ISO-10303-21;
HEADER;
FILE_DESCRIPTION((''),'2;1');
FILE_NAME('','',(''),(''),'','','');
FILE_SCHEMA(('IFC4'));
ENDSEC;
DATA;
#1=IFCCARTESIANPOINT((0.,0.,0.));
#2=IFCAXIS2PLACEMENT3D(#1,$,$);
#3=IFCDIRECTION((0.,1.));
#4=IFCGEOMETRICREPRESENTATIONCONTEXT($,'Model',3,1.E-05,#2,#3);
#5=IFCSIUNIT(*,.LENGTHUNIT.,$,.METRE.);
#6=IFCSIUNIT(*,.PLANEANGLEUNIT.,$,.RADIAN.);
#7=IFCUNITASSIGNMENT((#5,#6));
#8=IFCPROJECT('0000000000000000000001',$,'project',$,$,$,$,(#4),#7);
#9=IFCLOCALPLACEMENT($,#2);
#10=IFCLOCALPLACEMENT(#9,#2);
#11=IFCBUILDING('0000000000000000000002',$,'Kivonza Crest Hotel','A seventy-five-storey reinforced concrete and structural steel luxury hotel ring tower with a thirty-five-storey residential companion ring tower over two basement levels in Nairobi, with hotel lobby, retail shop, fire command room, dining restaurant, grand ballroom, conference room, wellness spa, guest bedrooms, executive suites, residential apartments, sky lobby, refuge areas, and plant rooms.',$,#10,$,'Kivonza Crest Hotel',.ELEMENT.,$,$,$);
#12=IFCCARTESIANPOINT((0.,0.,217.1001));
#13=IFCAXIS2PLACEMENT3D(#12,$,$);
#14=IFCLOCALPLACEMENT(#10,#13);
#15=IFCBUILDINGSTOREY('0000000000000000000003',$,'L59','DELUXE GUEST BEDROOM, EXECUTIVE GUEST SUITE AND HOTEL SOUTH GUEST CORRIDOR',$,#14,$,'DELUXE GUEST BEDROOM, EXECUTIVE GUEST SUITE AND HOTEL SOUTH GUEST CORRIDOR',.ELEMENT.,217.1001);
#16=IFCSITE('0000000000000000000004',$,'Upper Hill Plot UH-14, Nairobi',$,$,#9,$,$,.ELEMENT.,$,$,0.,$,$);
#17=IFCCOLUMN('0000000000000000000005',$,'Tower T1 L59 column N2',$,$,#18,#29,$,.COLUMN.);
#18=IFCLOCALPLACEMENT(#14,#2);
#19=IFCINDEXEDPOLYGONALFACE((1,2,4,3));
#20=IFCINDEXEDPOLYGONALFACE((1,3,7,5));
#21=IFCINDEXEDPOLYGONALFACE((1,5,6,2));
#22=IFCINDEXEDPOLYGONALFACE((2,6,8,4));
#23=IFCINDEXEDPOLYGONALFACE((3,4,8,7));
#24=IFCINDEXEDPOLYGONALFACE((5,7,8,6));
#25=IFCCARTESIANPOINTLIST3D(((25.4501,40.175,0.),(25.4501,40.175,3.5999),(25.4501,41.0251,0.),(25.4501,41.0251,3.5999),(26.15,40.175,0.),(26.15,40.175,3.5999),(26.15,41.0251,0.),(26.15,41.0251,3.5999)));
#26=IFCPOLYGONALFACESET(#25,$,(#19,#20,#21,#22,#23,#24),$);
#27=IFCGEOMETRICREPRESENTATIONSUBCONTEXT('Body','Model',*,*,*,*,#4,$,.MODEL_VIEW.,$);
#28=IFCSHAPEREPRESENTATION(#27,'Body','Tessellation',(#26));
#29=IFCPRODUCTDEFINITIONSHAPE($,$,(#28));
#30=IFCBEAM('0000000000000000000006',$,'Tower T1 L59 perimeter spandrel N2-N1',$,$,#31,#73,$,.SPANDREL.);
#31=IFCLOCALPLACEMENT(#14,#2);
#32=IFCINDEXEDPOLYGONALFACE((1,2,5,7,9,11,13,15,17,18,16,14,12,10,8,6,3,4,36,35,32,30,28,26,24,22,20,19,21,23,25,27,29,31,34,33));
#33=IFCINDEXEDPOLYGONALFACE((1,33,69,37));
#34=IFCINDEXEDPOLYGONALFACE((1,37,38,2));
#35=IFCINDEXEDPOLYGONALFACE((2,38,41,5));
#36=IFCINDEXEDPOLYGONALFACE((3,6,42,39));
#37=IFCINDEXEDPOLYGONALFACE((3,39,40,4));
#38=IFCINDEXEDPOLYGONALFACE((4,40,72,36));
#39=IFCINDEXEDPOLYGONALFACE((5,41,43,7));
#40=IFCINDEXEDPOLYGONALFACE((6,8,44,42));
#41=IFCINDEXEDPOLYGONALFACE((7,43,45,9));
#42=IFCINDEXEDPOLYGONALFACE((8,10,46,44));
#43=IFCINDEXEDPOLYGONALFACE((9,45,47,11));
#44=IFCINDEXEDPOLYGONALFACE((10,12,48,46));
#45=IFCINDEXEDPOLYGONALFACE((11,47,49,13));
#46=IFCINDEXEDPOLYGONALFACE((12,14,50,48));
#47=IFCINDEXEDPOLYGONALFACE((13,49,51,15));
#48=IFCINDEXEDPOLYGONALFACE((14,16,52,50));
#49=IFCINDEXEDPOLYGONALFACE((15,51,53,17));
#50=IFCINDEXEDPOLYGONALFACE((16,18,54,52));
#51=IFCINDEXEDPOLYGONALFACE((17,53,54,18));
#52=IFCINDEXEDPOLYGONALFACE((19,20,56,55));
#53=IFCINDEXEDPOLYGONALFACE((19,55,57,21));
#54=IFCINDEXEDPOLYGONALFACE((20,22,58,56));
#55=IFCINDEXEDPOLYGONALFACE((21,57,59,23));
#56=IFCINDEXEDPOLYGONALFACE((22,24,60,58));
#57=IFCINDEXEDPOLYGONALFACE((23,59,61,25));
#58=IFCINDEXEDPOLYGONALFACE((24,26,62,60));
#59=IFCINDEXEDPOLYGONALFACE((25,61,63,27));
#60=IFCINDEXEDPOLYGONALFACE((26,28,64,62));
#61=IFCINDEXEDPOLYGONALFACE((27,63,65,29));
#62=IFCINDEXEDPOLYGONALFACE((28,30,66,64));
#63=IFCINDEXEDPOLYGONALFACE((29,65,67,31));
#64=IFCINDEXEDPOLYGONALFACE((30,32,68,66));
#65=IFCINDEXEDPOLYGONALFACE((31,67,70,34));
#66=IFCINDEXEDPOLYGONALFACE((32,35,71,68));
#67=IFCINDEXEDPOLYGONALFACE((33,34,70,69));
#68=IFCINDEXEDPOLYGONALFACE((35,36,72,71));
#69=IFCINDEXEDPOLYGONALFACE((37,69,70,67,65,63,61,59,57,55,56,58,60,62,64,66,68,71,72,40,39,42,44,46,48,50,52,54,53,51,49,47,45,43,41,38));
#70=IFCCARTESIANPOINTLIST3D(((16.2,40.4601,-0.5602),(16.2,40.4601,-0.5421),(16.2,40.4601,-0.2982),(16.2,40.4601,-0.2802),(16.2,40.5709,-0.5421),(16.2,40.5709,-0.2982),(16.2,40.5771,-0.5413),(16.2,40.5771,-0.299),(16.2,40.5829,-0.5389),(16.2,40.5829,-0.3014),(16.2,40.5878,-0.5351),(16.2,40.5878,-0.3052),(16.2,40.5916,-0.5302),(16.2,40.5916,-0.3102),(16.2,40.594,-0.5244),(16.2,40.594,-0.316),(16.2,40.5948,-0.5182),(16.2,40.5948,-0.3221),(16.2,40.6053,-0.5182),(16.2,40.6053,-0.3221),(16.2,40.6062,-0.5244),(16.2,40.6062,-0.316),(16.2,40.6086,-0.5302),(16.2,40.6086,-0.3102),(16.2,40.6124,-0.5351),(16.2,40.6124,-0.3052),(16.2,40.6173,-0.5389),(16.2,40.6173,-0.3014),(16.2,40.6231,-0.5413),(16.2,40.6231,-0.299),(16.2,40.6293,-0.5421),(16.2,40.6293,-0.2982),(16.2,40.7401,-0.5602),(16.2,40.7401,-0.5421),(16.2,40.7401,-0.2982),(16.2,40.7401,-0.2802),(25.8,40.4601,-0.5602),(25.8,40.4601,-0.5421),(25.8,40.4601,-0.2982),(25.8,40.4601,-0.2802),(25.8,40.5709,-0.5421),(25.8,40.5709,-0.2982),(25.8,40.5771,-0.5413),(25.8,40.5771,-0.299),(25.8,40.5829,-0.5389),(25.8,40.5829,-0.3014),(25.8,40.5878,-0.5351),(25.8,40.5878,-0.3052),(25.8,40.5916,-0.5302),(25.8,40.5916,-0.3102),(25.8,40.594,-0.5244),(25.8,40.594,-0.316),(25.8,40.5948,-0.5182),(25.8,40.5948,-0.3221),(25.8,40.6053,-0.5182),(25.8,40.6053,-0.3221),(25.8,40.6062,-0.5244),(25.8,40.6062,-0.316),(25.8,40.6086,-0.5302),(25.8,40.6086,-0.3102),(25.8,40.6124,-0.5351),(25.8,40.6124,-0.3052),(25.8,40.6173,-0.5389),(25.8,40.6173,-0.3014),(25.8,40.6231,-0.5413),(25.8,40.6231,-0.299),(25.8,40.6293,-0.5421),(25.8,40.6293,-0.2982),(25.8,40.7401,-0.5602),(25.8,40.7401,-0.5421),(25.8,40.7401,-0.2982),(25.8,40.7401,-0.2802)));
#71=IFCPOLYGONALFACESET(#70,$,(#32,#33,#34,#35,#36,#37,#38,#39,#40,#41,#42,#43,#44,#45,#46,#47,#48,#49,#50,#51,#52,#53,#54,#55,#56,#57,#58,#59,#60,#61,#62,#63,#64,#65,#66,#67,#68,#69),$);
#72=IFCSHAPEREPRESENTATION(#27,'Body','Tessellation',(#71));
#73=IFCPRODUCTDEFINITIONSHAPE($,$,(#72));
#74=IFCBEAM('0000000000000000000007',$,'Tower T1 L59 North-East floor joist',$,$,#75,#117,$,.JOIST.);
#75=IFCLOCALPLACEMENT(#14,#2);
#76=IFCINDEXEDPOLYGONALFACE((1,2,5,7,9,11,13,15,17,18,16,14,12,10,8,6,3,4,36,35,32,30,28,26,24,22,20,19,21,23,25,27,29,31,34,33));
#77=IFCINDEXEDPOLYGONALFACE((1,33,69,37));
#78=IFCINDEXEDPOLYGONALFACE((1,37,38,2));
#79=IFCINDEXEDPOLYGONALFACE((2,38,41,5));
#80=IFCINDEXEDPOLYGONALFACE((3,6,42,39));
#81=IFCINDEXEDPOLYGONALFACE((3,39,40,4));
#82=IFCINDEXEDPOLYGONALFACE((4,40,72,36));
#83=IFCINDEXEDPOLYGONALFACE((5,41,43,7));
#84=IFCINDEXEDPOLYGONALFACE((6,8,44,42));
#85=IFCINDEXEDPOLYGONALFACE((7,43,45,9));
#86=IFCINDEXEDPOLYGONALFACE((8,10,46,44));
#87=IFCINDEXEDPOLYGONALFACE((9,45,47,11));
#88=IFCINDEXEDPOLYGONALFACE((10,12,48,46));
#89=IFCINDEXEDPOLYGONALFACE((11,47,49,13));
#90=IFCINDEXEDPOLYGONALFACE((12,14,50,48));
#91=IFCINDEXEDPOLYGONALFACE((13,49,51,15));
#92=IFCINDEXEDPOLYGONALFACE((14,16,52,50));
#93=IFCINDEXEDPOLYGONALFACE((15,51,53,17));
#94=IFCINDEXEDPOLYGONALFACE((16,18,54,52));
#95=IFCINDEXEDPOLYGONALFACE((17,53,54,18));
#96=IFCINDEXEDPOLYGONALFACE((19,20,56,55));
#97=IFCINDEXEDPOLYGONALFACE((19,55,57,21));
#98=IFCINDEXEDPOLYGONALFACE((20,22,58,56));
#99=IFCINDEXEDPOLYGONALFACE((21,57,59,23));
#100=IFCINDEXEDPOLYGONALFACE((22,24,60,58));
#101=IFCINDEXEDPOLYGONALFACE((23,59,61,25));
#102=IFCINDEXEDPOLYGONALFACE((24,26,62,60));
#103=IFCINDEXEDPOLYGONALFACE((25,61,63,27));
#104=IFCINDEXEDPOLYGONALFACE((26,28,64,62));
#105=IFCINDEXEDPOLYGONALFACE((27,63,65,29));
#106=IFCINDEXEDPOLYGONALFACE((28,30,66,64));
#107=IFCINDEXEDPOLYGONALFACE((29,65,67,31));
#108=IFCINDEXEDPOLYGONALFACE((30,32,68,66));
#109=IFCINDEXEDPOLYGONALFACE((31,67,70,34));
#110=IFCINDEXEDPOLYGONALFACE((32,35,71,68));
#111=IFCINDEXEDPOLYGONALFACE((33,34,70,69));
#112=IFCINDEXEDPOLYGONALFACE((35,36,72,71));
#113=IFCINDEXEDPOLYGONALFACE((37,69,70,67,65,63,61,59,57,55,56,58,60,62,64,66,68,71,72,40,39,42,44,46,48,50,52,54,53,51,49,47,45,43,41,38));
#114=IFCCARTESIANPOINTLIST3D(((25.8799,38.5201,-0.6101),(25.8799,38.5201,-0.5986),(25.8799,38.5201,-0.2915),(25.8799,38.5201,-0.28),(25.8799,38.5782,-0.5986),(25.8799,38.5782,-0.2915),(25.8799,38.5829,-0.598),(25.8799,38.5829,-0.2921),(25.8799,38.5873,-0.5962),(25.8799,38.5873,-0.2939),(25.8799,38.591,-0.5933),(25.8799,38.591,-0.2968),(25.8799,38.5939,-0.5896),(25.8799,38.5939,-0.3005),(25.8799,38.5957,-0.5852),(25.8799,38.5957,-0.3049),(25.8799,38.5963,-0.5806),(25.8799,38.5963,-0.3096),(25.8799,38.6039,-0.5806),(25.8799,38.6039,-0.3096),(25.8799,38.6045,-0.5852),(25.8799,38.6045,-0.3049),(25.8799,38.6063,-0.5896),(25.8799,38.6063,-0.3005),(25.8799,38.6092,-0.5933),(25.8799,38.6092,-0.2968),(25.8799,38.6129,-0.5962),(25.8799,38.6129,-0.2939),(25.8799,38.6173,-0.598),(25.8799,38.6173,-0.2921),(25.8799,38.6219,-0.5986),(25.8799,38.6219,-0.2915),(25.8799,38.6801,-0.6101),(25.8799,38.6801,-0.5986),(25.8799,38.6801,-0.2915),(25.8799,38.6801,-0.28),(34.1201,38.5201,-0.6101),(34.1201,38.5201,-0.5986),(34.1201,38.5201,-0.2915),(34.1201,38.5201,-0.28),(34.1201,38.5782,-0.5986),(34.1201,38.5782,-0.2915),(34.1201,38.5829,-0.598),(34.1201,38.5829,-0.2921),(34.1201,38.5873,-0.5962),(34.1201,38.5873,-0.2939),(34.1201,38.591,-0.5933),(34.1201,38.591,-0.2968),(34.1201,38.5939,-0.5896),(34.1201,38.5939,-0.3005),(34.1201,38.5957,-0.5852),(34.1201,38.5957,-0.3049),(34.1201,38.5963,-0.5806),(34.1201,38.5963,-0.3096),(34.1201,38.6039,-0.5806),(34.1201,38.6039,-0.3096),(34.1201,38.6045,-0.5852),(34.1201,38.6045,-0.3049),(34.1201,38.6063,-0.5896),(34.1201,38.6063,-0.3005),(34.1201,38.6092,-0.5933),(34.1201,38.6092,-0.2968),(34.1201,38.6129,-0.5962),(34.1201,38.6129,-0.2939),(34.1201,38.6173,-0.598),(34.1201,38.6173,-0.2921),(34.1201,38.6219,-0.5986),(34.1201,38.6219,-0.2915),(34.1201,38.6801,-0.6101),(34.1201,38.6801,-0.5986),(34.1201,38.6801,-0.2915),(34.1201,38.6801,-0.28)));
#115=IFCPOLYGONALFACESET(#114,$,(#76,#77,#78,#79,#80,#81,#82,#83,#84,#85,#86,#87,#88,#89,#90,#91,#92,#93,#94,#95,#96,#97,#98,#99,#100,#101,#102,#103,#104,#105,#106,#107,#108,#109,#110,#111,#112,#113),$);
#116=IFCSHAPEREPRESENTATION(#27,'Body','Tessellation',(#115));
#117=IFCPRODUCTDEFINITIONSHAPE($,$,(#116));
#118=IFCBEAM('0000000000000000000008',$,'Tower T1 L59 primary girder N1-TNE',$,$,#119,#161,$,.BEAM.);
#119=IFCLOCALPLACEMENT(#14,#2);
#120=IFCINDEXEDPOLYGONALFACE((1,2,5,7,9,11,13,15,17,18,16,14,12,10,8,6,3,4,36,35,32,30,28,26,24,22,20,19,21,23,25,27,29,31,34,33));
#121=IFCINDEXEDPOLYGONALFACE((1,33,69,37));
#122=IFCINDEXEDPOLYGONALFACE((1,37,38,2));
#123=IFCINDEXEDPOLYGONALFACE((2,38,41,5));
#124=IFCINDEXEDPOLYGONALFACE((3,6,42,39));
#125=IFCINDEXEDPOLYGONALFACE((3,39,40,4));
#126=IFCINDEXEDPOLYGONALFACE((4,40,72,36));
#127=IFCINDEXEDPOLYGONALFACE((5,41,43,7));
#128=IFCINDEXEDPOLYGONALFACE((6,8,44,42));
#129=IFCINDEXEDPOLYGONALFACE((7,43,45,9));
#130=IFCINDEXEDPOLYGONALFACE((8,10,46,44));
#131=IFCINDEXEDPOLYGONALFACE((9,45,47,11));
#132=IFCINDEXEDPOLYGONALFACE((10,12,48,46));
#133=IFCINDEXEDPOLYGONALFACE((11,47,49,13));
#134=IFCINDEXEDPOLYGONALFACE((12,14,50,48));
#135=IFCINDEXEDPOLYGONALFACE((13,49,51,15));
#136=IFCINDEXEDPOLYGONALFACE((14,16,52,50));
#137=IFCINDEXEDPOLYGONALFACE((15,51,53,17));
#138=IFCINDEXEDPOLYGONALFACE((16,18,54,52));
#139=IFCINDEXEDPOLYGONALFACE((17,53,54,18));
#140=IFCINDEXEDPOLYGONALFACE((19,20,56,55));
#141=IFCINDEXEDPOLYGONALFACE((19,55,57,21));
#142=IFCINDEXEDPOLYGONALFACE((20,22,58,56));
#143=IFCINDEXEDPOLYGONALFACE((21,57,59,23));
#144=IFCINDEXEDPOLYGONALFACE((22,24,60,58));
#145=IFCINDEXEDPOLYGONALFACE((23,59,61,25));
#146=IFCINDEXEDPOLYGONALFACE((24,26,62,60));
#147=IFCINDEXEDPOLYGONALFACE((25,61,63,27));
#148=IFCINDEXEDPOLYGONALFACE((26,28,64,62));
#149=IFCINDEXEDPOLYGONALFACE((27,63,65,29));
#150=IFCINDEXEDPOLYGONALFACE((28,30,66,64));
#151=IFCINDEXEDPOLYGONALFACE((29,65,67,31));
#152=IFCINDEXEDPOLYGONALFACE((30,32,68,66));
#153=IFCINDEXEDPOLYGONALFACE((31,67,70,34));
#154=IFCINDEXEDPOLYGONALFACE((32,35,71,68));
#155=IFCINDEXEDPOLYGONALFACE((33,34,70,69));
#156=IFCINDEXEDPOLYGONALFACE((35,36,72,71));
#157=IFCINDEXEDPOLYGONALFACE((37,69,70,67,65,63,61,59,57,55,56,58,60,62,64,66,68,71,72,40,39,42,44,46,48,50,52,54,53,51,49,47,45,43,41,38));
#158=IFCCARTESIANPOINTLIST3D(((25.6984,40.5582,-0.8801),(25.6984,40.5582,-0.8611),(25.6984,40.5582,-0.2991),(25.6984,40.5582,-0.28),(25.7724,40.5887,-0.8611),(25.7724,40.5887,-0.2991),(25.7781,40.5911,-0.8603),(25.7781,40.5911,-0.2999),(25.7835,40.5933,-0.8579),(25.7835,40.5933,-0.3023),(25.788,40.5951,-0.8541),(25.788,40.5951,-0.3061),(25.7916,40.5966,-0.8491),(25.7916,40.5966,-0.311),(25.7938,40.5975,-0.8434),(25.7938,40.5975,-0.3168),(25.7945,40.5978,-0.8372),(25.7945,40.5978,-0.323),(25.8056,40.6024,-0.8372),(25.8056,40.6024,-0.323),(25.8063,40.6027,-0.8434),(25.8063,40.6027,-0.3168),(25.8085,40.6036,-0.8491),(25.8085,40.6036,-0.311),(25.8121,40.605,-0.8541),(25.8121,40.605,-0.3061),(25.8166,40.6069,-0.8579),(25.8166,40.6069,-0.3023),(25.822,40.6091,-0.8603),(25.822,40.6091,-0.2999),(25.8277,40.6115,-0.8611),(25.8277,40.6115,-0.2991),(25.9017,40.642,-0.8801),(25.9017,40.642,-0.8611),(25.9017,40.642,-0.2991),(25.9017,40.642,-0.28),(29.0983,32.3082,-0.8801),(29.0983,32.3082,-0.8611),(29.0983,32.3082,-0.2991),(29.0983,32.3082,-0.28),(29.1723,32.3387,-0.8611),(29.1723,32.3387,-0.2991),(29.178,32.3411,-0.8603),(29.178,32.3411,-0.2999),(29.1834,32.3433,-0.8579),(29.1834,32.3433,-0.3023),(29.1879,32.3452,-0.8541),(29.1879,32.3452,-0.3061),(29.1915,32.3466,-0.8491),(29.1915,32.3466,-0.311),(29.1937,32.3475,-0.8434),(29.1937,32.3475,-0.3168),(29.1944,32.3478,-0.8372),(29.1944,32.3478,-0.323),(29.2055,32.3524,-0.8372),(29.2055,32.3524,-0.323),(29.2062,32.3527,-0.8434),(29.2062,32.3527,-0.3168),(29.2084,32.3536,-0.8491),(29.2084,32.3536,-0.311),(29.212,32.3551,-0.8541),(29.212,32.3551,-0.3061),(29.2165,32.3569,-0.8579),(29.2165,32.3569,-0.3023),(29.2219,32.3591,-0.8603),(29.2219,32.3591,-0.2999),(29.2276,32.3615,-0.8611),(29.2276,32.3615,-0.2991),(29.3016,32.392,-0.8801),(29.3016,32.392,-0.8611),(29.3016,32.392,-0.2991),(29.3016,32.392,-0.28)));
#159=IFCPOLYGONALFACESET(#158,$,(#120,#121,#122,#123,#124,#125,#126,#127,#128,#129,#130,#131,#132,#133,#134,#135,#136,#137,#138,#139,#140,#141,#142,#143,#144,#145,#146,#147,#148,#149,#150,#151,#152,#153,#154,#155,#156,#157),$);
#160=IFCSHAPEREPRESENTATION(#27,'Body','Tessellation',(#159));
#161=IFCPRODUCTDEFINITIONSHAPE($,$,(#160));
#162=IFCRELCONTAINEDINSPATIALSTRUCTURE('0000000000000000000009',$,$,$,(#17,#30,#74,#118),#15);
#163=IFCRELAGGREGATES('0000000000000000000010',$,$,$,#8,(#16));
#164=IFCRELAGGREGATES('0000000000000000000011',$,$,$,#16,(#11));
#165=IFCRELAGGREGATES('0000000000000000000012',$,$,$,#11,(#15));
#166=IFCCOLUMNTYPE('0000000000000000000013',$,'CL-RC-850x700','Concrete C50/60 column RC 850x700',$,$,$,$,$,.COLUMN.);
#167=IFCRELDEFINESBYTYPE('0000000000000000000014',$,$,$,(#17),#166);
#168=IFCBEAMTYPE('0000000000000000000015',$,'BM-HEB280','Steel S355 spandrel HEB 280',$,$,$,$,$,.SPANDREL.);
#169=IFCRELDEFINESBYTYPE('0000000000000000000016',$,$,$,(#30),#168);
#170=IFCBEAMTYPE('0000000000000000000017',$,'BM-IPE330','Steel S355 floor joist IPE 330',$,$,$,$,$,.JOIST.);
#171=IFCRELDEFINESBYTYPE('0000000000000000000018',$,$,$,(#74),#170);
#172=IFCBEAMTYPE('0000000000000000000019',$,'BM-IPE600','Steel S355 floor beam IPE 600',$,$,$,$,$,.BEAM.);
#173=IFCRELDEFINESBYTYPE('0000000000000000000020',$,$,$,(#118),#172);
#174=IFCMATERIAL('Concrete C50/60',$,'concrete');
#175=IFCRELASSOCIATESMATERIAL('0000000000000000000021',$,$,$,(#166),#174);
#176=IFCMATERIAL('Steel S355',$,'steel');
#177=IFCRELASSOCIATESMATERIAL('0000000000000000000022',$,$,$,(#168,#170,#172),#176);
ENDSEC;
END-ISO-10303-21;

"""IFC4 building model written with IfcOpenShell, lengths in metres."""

from ifc_helpers import new_model, si_unit, direction, frame, origin, origin_2d, place, context, subcontext, project, spatial, rectangle, i_section, extrude, material, material_profile, profile_set, type_object, element, save


model = new_model("IFC4")

# Units and contexts
model_context = context("Model", 3, precision=1e-05, world=origin(), true_north=direction((0.0, 1.0)))
body_context = subcontext(model_context, "Body", "Model", "MODEL_VIEW")
ifc_project = project(units=[si_unit("LENGTHUNIT", "METRE"), si_unit("PLANEANGLEUNIT", "RADIAN")], contexts=[model_context])

# Site, building, storey
site_placement = place(None, origin())
site = spatial("IfcSite", under=ifc_project, at=site_placement, Name="Upper Hill Plot UH-14, Nairobi", CompositionType="ELEMENT", RefElevation=0.0)
building_placement = place(site_placement, origin())
building = spatial("IfcBuilding", under=site, at=building_placement, Name="Kivonza Crest Hotel", Description="A seventy-five-storey reinforced concrete and structural steel luxury hotel ring tower with a thirty-five-storey residential companion ring tower over two basement levels in Nairobi, with hotel lobby, retail shop, fire command room, dining restaurant, grand ballroom, conference room, wellness spa, guest bedrooms, executive suites, residential apartments, sky lobby, refuge areas, and plant rooms.", LongName="Kivonza Crest Hotel", CompositionType="ELEMENT")
storey_placement = place(building_placement, frame((0.0, 0.0, 217.1001)))
storey = spatial("IfcBuildingStorey", under=building, at=storey_placement, Name="L59", Description="DELUXE GUEST BEDROOM, EXECUTIVE GUEST SUITE AND HOTEL SOUTH GUEST CORRIDOR", LongName="DELUXE GUEST BEDROOM, EXECUTIVE GUEST SUITE AND HOTEL SOUTH GUEST CORRIDOR", CompositionType="ELEMENT", Elevation=217.1001)

# Column
ifc_material_1 = material(Name="Concrete C50/60", Category="concrete")
ifc_material_profile_1 = material_profile(ifc_material_1, rectangle(XDim=0.7, YDim=0.8501, at=origin_2d()), Name="RC 850x700")
ifc_profile_set_1 = profile_set([ifc_material_profile_1], Name="Concrete C50/60")
column_type = type_object("IfcColumnType", Name="CL-RC-850x700", Description="Concrete C50/60 column RC 850x700", PredefinedType="COLUMN", material=ifc_profile_set_1)
column_placement = place(storey_placement, frame((25.8, 40.6001, 0.0), z_axis=(0.0, 0.0, 1.0), x_axis=(1.0, 0.0, 0.0)))
element("IfcColumn", 1, at=column_placement, inside=storey, type_object=column_type, Name="Tower T1 L59 column N2", PredefinedType="COLUMN", context=body_context, shape_type="SweptSolid", body=[
    extrude(rectangle(XDim=0.7, YDim=0.8501, at=origin_2d()), origin(), (0.0, 0.0, 1.0), 3.5999),
])

# Beams
ifc_material_2 = material(Name="Steel S355", Category="steel")
ifc_material_profile_2 = material_profile(ifc_material_2, i_section(OverallWidth=0.28, OverallDepth=0.28, WebThickness=0.0105, FlangeThickness=0.0181, FilletRadius=0.0239, at=origin_2d()), Name="HEB 280")
ifc_profile_set_2 = profile_set([ifc_material_profile_2], Name="Steel S355")
beam_type_1 = type_object("IfcBeamType", Name="BM-HEB280", Description="Steel S355 spandrel HEB 280", PredefinedType="SPANDREL", material=ifc_profile_set_2)
beam_1_placement = place(storey_placement, frame((25.8, 40.6001, -0.4202), z_axis=(-1.0, 0.0, 0.0), x_axis=(0.0, -1.0, 0.0)))
element("IfcBeam", 2, at=beam_1_placement, inside=storey, type_object=beam_type_1, Name="Tower T1 L59 perimeter spandrel N2-N1", PredefinedType="SPANDREL", context=body_context, shape_type="SweptSolid", body=[
    extrude(i_section(OverallWidth=0.28, OverallDepth=0.28, WebThickness=0.0105, FlangeThickness=0.0181, FilletRadius=0.0239, at=origin_2d()), origin(), (0.0, 0.0, 1.0), 9.6001),
])
ifc_material_profile_3 = material_profile(ifc_material_2, i_section(OverallWidth=0.1599, OverallDepth=0.3301, WebThickness=0.0076, FlangeThickness=0.0115, FilletRadius=0.0181, at=origin_2d()), Name="IPE 330")
ifc_profile_set_3 = profile_set([ifc_material_profile_3], Name="Steel S355")
beam_type_2 = type_object("IfcBeamType", Name="BM-IPE330", Description="Steel S355 floor joist IPE 330", PredefinedType="JOIST", material=ifc_profile_set_3)
beam_2_placement = place(storey_placement, frame((25.8799, 38.6001, -0.4451), z_axis=(1.0, 0.0, 0.0), x_axis=(0.0, 1.0, 0.0)))
element("IfcBeam", 3, at=beam_2_placement, inside=storey, type_object=beam_type_2, Name="Tower T1 L59 North-East floor joist", PredefinedType="JOIST", context=body_context, shape_type="SweptSolid", body=[
    extrude(i_section(OverallWidth=0.1599, OverallDepth=0.3301, WebThickness=0.0076, FlangeThickness=0.0115, FilletRadius=0.0181, at=origin_2d()), origin(), (0.0, 0.0, 1.0), 8.2402),
])
ifc_material_profile_4 = material_profile(ifc_material_2, i_section(OverallWidth=0.22, OverallDepth=0.6001, WebThickness=0.012, FlangeThickness=0.019, FilletRadius=0.0239, at=origin_2d()), Name="IPE 600")
ifc_profile_set_4 = profile_set([ifc_material_profile_4], Name="Steel S355")
beam_type_3 = type_object("IfcBeamType", Name="BM-IPE600", Description="Steel S355 floor beam IPE 600", PredefinedType="BEAM", material=ifc_profile_set_4)
beam_3_placement = place(storey_placement, frame((25.8, 40.6001, -0.5801), z_axis=(0.381022, -0.924566, 0.0), x_axis=(0.924566, 0.381022, 0.0)))
element("IfcBeam", 4, at=beam_3_placement, inside=storey, type_object=beam_type_3, Name="Tower T1 L59 primary girder N1-TNE", PredefinedType="BEAM", context=body_context, shape_type="SweptSolid", body=[
    extrude(i_section(OverallWidth=0.22, OverallDepth=0.6001, WebThickness=0.012, FlangeThickness=0.019, FilletRadius=0.0239, at=origin_2d()), origin(), (0.0, 0.0, 1.0), 8.9231),
])

save(model, "model.ifc")
